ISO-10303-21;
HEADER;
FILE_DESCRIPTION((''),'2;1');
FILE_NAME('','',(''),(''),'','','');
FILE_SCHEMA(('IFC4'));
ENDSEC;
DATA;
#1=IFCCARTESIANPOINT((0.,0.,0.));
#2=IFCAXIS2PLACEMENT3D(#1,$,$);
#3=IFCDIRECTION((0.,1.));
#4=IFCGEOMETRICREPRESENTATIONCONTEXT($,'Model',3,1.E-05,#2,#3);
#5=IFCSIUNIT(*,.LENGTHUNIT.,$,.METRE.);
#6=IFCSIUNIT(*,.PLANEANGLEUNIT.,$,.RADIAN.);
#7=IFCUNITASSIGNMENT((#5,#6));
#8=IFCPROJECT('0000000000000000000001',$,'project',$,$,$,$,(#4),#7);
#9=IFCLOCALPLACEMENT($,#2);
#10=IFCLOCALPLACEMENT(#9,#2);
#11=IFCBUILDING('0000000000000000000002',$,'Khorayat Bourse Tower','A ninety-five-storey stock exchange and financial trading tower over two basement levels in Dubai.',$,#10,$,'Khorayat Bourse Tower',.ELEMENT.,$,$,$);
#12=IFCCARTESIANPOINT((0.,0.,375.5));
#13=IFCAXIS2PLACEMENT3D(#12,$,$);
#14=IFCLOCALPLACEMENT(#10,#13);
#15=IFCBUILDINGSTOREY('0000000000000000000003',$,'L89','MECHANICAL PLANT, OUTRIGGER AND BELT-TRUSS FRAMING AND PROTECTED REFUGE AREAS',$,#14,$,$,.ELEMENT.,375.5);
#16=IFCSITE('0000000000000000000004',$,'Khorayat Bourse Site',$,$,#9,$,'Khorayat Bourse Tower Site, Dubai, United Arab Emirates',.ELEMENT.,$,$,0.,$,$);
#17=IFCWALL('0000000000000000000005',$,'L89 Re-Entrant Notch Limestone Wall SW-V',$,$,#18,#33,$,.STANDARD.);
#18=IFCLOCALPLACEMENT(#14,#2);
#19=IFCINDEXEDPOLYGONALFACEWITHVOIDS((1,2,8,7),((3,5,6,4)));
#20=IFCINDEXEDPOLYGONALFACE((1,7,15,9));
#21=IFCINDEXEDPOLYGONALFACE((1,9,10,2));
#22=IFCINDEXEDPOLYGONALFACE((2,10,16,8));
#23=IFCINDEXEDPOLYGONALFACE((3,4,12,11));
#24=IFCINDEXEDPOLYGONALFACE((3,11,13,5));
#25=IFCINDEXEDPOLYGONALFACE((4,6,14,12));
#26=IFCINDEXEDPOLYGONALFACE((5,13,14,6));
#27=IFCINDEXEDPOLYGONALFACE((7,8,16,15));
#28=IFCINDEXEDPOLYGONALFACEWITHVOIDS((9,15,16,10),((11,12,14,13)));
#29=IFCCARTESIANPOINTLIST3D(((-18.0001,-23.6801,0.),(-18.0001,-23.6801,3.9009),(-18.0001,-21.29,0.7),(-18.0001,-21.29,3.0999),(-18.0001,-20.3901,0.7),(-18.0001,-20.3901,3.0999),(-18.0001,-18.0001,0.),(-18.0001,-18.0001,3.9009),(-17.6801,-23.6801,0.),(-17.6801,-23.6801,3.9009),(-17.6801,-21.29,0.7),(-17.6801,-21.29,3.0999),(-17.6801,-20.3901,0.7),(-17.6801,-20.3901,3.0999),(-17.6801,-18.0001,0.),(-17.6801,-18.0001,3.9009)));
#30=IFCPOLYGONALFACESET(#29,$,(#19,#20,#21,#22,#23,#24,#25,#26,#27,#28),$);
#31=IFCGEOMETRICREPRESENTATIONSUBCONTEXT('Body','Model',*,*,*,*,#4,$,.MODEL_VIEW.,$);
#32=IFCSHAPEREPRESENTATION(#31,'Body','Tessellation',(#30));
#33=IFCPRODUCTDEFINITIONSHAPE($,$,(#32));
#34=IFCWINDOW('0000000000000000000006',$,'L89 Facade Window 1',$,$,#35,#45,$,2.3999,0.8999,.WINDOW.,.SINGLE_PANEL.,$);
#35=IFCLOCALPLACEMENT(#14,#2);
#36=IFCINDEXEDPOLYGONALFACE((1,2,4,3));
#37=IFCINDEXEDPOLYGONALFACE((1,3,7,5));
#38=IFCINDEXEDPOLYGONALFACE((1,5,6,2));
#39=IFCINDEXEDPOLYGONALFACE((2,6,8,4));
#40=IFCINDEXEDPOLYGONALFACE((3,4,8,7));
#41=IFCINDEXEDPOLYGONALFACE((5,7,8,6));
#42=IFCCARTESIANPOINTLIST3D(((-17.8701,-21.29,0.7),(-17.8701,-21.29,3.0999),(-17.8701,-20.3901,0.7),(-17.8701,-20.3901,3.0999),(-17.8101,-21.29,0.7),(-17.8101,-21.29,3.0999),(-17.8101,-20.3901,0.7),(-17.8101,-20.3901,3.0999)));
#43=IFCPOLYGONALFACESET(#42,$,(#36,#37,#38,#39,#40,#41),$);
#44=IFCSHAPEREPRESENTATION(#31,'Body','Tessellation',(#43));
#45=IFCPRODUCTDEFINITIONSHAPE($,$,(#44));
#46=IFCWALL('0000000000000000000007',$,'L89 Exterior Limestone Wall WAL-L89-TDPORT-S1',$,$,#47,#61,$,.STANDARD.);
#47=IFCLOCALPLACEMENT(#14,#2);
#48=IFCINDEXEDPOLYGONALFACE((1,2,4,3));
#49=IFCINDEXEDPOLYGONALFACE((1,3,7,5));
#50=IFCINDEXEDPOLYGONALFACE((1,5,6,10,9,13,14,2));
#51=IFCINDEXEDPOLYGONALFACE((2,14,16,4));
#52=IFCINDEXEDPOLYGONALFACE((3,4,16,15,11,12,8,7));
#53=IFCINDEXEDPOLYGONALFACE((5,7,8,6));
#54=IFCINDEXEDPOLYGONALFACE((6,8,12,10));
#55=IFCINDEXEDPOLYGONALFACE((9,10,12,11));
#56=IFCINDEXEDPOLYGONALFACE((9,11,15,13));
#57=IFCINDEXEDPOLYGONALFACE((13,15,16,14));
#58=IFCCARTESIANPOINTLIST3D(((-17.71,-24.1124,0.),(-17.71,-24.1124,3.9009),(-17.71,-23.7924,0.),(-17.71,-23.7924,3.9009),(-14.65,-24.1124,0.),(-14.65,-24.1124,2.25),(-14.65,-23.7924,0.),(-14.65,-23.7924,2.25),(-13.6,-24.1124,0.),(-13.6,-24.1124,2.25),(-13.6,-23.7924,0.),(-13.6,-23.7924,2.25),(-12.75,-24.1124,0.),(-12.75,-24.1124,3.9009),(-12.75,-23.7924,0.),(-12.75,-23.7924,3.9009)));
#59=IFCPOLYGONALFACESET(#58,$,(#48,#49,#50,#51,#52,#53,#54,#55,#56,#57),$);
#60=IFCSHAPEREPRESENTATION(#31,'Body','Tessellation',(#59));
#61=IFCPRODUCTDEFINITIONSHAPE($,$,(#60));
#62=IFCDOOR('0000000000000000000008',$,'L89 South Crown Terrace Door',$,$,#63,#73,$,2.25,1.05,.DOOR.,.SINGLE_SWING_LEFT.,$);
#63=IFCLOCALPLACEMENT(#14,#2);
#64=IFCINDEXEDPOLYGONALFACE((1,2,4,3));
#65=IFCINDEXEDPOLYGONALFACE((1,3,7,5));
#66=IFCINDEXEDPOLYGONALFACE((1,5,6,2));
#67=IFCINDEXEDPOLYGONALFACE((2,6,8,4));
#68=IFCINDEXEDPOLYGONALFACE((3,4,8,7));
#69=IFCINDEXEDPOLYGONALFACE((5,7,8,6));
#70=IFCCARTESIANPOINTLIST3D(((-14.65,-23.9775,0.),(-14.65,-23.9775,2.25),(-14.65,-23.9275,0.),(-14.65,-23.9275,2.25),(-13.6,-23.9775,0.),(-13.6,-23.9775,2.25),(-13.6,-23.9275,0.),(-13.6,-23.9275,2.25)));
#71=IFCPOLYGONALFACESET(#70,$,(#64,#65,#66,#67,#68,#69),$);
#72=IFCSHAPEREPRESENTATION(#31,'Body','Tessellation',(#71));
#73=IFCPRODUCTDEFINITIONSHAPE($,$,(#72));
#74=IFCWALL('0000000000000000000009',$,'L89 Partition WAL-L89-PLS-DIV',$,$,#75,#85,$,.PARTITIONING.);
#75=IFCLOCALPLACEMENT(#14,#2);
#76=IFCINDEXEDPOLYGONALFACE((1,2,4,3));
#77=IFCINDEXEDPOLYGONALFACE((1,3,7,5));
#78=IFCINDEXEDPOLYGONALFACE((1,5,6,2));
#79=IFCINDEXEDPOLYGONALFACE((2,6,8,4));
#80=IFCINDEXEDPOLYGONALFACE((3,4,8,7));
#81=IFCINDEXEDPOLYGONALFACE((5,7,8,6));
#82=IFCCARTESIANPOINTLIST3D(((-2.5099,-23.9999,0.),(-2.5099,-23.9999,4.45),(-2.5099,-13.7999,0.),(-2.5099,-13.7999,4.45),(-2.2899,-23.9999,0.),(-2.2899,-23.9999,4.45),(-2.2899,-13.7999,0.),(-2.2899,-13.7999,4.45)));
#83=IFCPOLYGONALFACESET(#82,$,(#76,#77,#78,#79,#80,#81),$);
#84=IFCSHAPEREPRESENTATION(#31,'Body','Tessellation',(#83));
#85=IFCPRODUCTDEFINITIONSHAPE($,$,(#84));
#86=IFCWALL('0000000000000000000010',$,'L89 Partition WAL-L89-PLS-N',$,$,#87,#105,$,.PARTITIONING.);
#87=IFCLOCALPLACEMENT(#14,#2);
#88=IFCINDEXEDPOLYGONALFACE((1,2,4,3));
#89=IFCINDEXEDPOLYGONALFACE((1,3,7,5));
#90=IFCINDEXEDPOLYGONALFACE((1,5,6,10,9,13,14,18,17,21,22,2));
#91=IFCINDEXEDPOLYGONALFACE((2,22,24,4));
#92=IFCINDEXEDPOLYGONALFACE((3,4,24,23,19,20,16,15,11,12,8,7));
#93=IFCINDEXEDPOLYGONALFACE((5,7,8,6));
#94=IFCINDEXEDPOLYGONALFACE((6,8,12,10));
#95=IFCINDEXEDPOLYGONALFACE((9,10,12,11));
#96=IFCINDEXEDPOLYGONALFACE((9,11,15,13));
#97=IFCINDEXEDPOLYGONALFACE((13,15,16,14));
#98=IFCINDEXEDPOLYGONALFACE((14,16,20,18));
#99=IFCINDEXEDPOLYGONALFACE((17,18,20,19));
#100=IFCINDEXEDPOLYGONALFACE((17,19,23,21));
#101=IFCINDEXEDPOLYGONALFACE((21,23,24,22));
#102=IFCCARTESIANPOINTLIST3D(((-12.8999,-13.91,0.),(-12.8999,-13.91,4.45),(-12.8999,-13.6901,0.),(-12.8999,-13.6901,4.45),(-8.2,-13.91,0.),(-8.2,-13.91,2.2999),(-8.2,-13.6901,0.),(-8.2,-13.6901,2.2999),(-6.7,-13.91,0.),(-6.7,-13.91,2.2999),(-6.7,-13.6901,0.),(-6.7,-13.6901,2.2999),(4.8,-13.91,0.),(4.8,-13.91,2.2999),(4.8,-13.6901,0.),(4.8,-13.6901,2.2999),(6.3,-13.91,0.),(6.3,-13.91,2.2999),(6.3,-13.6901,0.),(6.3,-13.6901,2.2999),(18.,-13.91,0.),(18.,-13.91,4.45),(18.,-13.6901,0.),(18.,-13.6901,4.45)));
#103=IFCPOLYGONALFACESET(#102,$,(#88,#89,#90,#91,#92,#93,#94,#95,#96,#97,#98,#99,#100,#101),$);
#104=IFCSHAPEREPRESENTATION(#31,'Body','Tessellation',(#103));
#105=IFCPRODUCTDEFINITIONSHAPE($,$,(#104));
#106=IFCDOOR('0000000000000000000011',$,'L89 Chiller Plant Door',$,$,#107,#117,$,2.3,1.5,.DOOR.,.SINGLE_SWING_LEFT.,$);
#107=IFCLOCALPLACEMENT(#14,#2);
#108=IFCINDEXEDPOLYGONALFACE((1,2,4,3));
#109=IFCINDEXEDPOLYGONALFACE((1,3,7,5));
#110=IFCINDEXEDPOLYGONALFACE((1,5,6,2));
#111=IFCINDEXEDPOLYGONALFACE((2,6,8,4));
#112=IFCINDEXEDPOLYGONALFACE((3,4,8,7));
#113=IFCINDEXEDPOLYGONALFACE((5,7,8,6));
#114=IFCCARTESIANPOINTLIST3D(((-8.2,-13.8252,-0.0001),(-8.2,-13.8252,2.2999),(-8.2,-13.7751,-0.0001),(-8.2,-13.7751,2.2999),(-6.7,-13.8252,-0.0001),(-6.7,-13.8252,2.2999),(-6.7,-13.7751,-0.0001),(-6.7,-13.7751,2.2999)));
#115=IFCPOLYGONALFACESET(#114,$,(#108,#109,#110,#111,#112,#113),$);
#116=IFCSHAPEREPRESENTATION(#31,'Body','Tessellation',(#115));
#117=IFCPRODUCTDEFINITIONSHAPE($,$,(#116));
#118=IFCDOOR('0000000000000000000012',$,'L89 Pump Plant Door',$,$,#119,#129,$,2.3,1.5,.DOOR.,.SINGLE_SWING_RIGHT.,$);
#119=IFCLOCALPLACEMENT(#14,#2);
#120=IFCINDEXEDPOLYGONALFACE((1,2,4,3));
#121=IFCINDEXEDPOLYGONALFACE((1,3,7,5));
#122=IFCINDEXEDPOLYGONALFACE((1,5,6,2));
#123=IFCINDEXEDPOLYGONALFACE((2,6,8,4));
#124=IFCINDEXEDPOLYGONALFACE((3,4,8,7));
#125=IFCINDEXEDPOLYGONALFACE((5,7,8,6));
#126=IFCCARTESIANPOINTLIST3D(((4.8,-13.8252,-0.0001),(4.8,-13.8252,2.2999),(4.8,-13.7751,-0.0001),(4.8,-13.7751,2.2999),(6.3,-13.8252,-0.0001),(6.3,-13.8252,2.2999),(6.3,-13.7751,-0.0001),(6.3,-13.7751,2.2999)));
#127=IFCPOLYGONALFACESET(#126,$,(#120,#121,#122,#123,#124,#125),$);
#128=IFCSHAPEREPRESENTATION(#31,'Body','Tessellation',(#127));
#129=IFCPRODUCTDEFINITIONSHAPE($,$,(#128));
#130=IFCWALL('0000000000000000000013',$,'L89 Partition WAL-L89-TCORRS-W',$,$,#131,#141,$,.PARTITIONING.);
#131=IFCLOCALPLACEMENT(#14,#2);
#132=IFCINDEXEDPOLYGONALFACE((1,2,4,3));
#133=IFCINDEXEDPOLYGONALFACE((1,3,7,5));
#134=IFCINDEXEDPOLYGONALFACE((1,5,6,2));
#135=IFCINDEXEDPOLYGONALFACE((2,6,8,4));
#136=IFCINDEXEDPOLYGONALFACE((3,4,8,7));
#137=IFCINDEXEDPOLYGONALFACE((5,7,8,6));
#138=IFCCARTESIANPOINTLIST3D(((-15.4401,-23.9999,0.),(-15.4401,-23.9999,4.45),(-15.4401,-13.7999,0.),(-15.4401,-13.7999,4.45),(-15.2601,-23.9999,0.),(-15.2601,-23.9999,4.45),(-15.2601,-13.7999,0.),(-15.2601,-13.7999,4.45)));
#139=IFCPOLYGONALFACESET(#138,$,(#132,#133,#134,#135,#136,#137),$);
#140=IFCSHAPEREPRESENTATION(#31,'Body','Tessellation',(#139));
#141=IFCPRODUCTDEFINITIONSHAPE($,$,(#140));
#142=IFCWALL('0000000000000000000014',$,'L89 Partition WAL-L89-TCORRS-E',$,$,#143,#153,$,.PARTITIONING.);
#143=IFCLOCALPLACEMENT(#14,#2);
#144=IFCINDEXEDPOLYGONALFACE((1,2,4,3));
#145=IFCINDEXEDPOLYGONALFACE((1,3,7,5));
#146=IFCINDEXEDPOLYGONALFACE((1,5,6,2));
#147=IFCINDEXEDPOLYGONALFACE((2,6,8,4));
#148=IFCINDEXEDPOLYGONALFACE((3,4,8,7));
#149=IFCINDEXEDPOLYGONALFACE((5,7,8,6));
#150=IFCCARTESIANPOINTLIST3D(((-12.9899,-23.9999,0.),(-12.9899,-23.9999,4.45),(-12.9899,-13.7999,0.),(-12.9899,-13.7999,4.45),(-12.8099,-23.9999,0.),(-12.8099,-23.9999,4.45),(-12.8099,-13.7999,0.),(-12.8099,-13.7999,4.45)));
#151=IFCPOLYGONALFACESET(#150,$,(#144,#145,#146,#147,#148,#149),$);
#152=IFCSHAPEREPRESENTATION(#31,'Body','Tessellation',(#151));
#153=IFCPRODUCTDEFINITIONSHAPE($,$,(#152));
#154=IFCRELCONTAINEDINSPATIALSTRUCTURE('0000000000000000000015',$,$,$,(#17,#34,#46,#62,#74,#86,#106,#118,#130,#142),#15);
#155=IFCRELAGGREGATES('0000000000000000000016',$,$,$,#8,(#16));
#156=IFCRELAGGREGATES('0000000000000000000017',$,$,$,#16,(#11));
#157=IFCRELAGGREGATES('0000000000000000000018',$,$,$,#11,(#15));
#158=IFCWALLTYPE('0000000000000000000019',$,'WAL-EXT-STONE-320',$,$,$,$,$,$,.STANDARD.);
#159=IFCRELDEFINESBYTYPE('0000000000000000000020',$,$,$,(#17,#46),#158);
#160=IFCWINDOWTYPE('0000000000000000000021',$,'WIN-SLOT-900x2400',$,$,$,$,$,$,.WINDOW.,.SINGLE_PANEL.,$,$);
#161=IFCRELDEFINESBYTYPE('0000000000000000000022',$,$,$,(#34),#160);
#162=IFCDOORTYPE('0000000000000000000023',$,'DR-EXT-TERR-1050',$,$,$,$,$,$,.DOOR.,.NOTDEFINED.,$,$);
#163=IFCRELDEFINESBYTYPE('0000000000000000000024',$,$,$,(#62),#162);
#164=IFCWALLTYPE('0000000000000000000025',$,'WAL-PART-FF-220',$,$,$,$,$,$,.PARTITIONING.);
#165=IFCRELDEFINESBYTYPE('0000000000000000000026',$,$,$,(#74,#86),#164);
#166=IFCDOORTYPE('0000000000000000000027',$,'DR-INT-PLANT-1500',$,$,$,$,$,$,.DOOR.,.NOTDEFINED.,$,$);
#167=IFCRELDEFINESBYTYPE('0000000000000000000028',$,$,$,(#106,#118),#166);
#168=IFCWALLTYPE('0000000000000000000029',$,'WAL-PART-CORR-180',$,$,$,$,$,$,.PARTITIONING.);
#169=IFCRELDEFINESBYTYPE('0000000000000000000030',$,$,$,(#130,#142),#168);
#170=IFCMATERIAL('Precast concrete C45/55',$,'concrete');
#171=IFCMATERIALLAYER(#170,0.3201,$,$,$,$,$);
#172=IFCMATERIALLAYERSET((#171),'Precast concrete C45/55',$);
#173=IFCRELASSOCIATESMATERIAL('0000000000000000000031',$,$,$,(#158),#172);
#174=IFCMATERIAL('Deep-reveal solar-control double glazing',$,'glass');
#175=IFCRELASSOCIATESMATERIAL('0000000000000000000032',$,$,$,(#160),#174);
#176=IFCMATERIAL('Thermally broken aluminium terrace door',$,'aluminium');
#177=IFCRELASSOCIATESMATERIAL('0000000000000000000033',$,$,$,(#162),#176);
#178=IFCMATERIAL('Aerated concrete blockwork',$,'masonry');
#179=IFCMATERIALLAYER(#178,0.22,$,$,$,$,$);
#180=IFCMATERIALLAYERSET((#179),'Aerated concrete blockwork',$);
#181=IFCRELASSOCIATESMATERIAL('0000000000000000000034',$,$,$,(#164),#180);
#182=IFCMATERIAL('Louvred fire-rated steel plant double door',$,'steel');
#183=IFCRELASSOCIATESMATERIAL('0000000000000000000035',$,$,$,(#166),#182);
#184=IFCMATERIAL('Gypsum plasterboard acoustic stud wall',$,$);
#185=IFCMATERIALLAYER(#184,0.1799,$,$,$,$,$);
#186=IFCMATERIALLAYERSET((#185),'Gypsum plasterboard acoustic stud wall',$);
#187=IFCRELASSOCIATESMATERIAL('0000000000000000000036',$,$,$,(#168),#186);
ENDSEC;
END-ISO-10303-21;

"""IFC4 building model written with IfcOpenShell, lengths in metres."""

from ifc_helpers import new_model, si_unit, direction, frame, frame_2d, origin, place, context, subcontext, project, spatial, rectangle, extrude, source, transform, mapped, material, layer, layer_set, type_object, element, fill, save


model = new_model("IFC4")

# Units and contexts
model_context = context("Model", 3, precision=1e-05, world=origin(), true_north=direction((0.0, 1.0)))
body_context = subcontext(model_context, "Body", "Model", "MODEL_VIEW")
ifc_project = project(units=[si_unit("LENGTHUNIT", "METRE"), si_unit("PLANEANGLEUNIT", "RADIAN")], contexts=[model_context])

# Site, building, storey
site_placement = place(None, origin())
site = spatial("IfcSite", under=ifc_project, at=site_placement, Name="Khorayat Bourse Site", LongName="Khorayat Bourse Tower Site, Dubai, United Arab Emirates", CompositionType="ELEMENT", RefElevation=0.0)
building_placement = place(site_placement, origin())
building = spatial("IfcBuilding", under=site, at=building_placement, Name="Khorayat Bourse Tower", Description="A ninety-five-storey stock exchange and financial trading tower over two basement levels in Dubai.", LongName="Khorayat Bourse Tower", CompositionType="ELEMENT")
storey_placement = place(building_placement, frame((0.0, 0.0, 375.5)))
storey = spatial("IfcBuildingStorey", under=building, at=storey_placement, Name="L89", Description="MECHANICAL PLANT, OUTRIGGER AND BELT-TRUSS FRAMING AND PROTECTED REFUGE AREAS", CompositionType="ELEMENT", Elevation=375.5)

# Wall, opening, window
ifc_material_1 = material(Name="Precast concrete C45/55", Category="concrete")
ifc_layer_1 = layer(ifc_material_1, 0.3201)
ifc_layer_set_1 = layer_set([ifc_layer_1], Name="Precast concrete C45/55")
wall_type_1 = type_object("IfcWallType", Name="WAL-EXT-STONE-320", PredefinedType="STANDARD", material=ifc_layer_set_1)
shared_shape_1 = source(origin(), body_context, "Body", "SweptSolid", [
    extrude(rectangle(XDim=5.6799, YDim=0.3201, at=frame_2d((2.8398, 0.0))), origin(), (0.0, 0.0, 1.0), 3.9009),
])
wall_1_placement = place(storey_placement, frame((-17.8401, -23.6799, 0.0), z_axis=(0.0, 0.0, 1.0), x_axis=(0.0, 1.0, 0.0)))
wall_1 = element("IfcWall", 1, at=wall_1_placement, inside=storey, type_object=wall_type_1, Name="L89 Re-Entrant Notch Limestone Wall SW-V", PredefinedType="STANDARD", context=body_context, shape_type="MappedRepresentation", body=[
    mapped(shared_shape_1, transform((0.0, 0.0, 0.0), scale=1.0)),
])
shared_shape_2 = source(origin(), body_context, "Body", "SweptSolid", [
    extrude(rectangle(XDim=0.8999, YDim=2.3999, at=frame_2d((0.45, 1.2))), frame((0.0, 0.1699, 0.0), z_axis=(0.0, -1.0, 0.0), x_axis=(1.0, 0.0, 0.0)), (0.0, 0.0, 1.0), 0.3401),
])
opening_1_placement = place(wall_1_placement, frame((2.3899, 0.0, 0.7)))
opening_1 = element("IfcOpeningElement", 2, at=opening_1_placement, cuts=wall_1, PredefinedType="OPENING", context=body_context, shape_type="MappedRepresentation", body=[
    mapped(shared_shape_2, transform((0.0, 0.0, 0.0), scale=1.0)),
])
ifc_material_2 = material(Name="Deep-reveal solar-control double glazing", Category="glass")
window_type = type_object("IfcWindowType", Name="WIN-SLOT-900x2400", PartitioningType="SINGLE_PANEL", PredefinedType="WINDOW", material=ifc_material_2)
shared_shape_3 = source(origin(), body_context, "Body", "SweptSolid", [
    extrude(rectangle(XDim=0.8999, YDim=2.3999, at=frame_2d((0.45, 1.2))), frame((0.0, 0.03, 0.0), z_axis=(0.0, -1.0, 0.0), x_axis=(1.0, 0.0, 0.0)), (0.0, 0.0, 1.0), 0.0601),
])
window_placement = place(opening_1_placement, origin())
window = element("IfcWindow", 3, at=window_placement, inside=storey, type_object=window_type, Name="L89 Facade Window 1", OverallHeight=2.3999, OverallWidth=0.8999, PartitioningType="SINGLE_PANEL", PredefinedType="WINDOW", context=body_context, shape_type="MappedRepresentation", body=[
    mapped(shared_shape_3, transform((0.0, 0.0, 0.0), scale=1.0)),
])
fill(opening_1, window)

# Wall, opening, door
shared_shape_4 = source(origin(), body_context, "Body", "SweptSolid", [
    extrude(rectangle(XDim=4.96, YDim=0.3201, at=frame_2d((2.48, 0.0))), origin(), (0.0, 0.0, 1.0), 3.9009),
])
wall_2_placement = place(storey_placement, frame((-17.71, -23.9524, 0.0), z_axis=(0.0, 0.0, 1.0), x_axis=(1.0, 0.0, 0.0)))
wall_2 = element("IfcWall", 4, at=wall_2_placement, inside=storey, type_object=wall_type_1, Name="L89 Exterior Limestone Wall WAL-L89-TDPORT-S1", PredefinedType="STANDARD", context=body_context, shape_type="MappedRepresentation", body=[
    mapped(shared_shape_4, transform((0.0, 0.0, 0.0), scale=1.0)),
])
shared_shape_5 = source(origin(), body_context, "Body", "SweptSolid", [
    extrude(rectangle(XDim=1.05, YDim=2.25, at=frame_2d((0.5249, 1.125))), frame((0.0, 0.1699, 0.0), z_axis=(0.0, -1.0, 0.0), x_axis=(1.0, 0.0, 0.0)), (0.0, 0.0, 1.0), 0.3401),
])
opening_2_placement = place(wall_2_placement, frame((3.0601, 0.0, 0.0)))
opening_2 = element("IfcOpeningElement", 5, at=opening_2_placement, cuts=wall_2, PredefinedType="OPENING", context=body_context, shape_type="MappedRepresentation", body=[
    mapped(shared_shape_5, transform((0.0, 0.0, 0.0), scale=1.0)),
])
ifc_material_3 = material(Name="Thermally broken aluminium terrace door", Category="aluminium")
door_type_1 = type_object("IfcDoorType", Name="DR-EXT-TERR-1050", OperationType="NOTDEFINED", PredefinedType="DOOR", material=ifc_material_3)
shared_shape_6 = source(origin(), body_context, "Body", "SweptSolid", [
    extrude(rectangle(XDim=1.05, YDim=2.25, at=frame_2d((0.5249, 1.125))), frame((0.0, 0.0249, 0.0), z_axis=(0.0, -1.0, 0.0), x_axis=(1.0, 0.0, 0.0)), (0.0, 0.0, 1.0), 0.05),
])
door_1_placement = place(opening_2_placement, origin())
door_1 = element("IfcDoor", 6, at=door_1_placement, inside=storey, type_object=door_type_1, Name="L89 South Crown Terrace Door", OperationType="SINGLE_SWING_LEFT", OverallHeight=2.25, OverallWidth=1.05, PredefinedType="DOOR", context=body_context, shape_type="MappedRepresentation", body=[
    mapped(shared_shape_6, transform((0.0, 0.0, 0.0), scale=1.0)),
])
fill(opening_2, door_1)

# Wall
ifc_material_4 = material(Name="Aerated concrete blockwork", Category="masonry")
ifc_layer_2 = layer(ifc_material_4, 0.22)
ifc_layer_set_2 = layer_set([ifc_layer_2], Name="Aerated concrete blockwork")
wall_type_2 = type_object("IfcWallType", Name="WAL-PART-FF-220", PredefinedType="PARTITIONING", material=ifc_layer_set_2)
shared_shape_7 = source(origin(), body_context, "Body", "SweptSolid", [
    extrude(rectangle(XDim=10.2, YDim=0.22, at=frame_2d((5.1001, 0.0))), origin(), (0.0, 0.0, 1.0), 4.45),
])
wall_3_placement = place(storey_placement, frame((-2.3999, -24.0, 0.0), z_axis=(0.0, 0.0, 1.0), x_axis=(0.0, 1.0, 0.0)))
element("IfcWall", 7, at=wall_3_placement, inside=storey, type_object=wall_type_2, Name="L89 Partition WAL-L89-PLS-DIV", PredefinedType="PARTITIONING", context=body_context, shape_type="MappedRepresentation", body=[
    mapped(shared_shape_7, transform((0.0, 0.0, 0.0), scale=1.0)),
])

# Wall, openings, doors
shared_shape_8 = source(origin(), body_context, "Body", "SweptSolid", [
    extrude(rectangle(XDim=30.8999, YDim=0.22, at=frame_2d((15.45, 0.0))), origin(), (0.0, 0.0, 1.0), 4.45),
])
wall_4_placement = place(storey_placement, frame((-12.8999, -13.8, 0.0), z_axis=(0.0, 0.0, 1.0), x_axis=(1.0, 0.0, 0.0)))
wall_4 = element("IfcWall", 8, at=wall_4_placement, inside=storey, type_object=wall_type_2, Name="L89 Partition WAL-L89-PLS-N", PredefinedType="PARTITIONING", context=body_context, shape_type="MappedRepresentation", body=[
    mapped(shared_shape_8, transform((0.0, 0.0, 0.0), scale=1.0)),
])
shared_shape_9 = source(origin(), body_context, "Body", "SweptSolid", [
    extrude(rectangle(XDim=1.5, YDim=2.3, at=frame_2d((0.75, 1.1499))), frame((0.0, 0.1199, 0.0), z_axis=(0.0, -1.0, 0.0), x_axis=(1.0, 0.0, 0.0)), (0.0, 0.0, 1.0), 0.24),
])
opening_3_placement = place(wall_4_placement, frame((4.7, 0.0, 0.0)))
opening_3 = element("IfcOpeningElement", 9, at=opening_3_placement, cuts=wall_4, PredefinedType="OPENING", context=body_context, shape_type="MappedRepresentation", body=[
    mapped(shared_shape_9, transform((0.0, 0.0, 0.0), scale=1.0)),
])
opening_4_placement = place(wall_4_placement, frame((17.7, 0.0, 0.0)))
opening_4 = element("IfcOpeningElement", 10, at=opening_4_placement, cuts=wall_4, PredefinedType="OPENING", context=body_context, shape_type="MappedRepresentation", body=[
    mapped(shared_shape_9, transform((0.0, 0.0, 0.0), scale=1.0)),
])
ifc_material_5 = material(Name="Louvred fire-rated steel plant double door", Category="steel")
door_type_2 = type_object("IfcDoorType", Name="DR-INT-PLANT-1500", OperationType="NOTDEFINED", PredefinedType="DOOR", material=ifc_material_5)
shared_shape_10 = source(origin(), body_context, "Body", "SweptSolid", [
    extrude(rectangle(XDim=1.5, YDim=2.3, at=frame_2d((0.75, 1.1499))), frame((0.0, 0.0249, 0.0), z_axis=(0.0, -1.0, 0.0), x_axis=(1.0, 0.0, 0.0)), (0.0, 0.0, 1.0), 0.05),
])
door_2_placement = place(opening_3_placement, origin())
door_2 = element("IfcDoor", 11, at=door_2_placement, inside=storey, type_object=door_type_2, Name="L89 Chiller Plant Door", OperationType="SINGLE_SWING_LEFT", OverallHeight=2.3, OverallWidth=1.5, PredefinedType="DOOR", context=body_context, shape_type="MappedRepresentation", body=[
    mapped(shared_shape_10, transform((0.0, 0.0, 0.0), scale=1.0)),
])
fill(opening_3, door_2)
door_3_placement = place(opening_4_placement, origin())
door_3 = element("IfcDoor", 12, at=door_3_placement, inside=storey, type_object=door_type_2, Name="L89 Pump Plant Door", OperationType="SINGLE_SWING_RIGHT", OverallHeight=2.3, OverallWidth=1.5, PredefinedType="DOOR", context=body_context, shape_type="MappedRepresentation", body=[
    mapped(shared_shape_10, transform((0.0, 0.0, 0.0), scale=1.0)),
])
fill(opening_4, door_3)

# Walls
ifc_material_6 = material(Name="Gypsum plasterboard acoustic stud wall")
ifc_layer_3 = layer(ifc_material_6, 0.1799)
ifc_layer_set_3 = layer_set([ifc_layer_3], Name="Gypsum plasterboard acoustic stud wall")
wall_type_3 = type_object("IfcWallType", Name="WAL-PART-CORR-180", PredefinedType="PARTITIONING", material=ifc_layer_set_3)
shared_shape_11 = source(origin(), body_context, "Body", "SweptSolid", [
    extrude(rectangle(XDim=10.2, YDim=0.1799, at=frame_2d((5.1001, 0.0))), origin(), (0.0, 0.0, 1.0), 4.45),
])
for number, where, z_axis, x_axis, name in (
    (13, (-15.3501, -24.0, 0.0), (0.0, 0.0, 1.0), (0.0, 1.0, 0.0), "L89 Partition WAL-L89-TCORRS-W"),
    (14, (-12.8999, -24.0, 0.0), (0.0, 0.0, 1.0), (0.0, 1.0, 0.0), "L89 Partition WAL-L89-TCORRS-E"),
):
    element("IfcWall", number, at=place(storey_placement, frame(where, z_axis=z_axis, x_axis=x_axis)), inside=storey, type_object=wall_type_3, Name=name, PredefinedType="PARTITIONING", context=body_context, shape_type="MappedRepresentation", body=[
        mapped(shared_shape_11, transform((0.0, 0.0, 0.0), scale=1.0)),
    ])

save(model, "model.ifc")
